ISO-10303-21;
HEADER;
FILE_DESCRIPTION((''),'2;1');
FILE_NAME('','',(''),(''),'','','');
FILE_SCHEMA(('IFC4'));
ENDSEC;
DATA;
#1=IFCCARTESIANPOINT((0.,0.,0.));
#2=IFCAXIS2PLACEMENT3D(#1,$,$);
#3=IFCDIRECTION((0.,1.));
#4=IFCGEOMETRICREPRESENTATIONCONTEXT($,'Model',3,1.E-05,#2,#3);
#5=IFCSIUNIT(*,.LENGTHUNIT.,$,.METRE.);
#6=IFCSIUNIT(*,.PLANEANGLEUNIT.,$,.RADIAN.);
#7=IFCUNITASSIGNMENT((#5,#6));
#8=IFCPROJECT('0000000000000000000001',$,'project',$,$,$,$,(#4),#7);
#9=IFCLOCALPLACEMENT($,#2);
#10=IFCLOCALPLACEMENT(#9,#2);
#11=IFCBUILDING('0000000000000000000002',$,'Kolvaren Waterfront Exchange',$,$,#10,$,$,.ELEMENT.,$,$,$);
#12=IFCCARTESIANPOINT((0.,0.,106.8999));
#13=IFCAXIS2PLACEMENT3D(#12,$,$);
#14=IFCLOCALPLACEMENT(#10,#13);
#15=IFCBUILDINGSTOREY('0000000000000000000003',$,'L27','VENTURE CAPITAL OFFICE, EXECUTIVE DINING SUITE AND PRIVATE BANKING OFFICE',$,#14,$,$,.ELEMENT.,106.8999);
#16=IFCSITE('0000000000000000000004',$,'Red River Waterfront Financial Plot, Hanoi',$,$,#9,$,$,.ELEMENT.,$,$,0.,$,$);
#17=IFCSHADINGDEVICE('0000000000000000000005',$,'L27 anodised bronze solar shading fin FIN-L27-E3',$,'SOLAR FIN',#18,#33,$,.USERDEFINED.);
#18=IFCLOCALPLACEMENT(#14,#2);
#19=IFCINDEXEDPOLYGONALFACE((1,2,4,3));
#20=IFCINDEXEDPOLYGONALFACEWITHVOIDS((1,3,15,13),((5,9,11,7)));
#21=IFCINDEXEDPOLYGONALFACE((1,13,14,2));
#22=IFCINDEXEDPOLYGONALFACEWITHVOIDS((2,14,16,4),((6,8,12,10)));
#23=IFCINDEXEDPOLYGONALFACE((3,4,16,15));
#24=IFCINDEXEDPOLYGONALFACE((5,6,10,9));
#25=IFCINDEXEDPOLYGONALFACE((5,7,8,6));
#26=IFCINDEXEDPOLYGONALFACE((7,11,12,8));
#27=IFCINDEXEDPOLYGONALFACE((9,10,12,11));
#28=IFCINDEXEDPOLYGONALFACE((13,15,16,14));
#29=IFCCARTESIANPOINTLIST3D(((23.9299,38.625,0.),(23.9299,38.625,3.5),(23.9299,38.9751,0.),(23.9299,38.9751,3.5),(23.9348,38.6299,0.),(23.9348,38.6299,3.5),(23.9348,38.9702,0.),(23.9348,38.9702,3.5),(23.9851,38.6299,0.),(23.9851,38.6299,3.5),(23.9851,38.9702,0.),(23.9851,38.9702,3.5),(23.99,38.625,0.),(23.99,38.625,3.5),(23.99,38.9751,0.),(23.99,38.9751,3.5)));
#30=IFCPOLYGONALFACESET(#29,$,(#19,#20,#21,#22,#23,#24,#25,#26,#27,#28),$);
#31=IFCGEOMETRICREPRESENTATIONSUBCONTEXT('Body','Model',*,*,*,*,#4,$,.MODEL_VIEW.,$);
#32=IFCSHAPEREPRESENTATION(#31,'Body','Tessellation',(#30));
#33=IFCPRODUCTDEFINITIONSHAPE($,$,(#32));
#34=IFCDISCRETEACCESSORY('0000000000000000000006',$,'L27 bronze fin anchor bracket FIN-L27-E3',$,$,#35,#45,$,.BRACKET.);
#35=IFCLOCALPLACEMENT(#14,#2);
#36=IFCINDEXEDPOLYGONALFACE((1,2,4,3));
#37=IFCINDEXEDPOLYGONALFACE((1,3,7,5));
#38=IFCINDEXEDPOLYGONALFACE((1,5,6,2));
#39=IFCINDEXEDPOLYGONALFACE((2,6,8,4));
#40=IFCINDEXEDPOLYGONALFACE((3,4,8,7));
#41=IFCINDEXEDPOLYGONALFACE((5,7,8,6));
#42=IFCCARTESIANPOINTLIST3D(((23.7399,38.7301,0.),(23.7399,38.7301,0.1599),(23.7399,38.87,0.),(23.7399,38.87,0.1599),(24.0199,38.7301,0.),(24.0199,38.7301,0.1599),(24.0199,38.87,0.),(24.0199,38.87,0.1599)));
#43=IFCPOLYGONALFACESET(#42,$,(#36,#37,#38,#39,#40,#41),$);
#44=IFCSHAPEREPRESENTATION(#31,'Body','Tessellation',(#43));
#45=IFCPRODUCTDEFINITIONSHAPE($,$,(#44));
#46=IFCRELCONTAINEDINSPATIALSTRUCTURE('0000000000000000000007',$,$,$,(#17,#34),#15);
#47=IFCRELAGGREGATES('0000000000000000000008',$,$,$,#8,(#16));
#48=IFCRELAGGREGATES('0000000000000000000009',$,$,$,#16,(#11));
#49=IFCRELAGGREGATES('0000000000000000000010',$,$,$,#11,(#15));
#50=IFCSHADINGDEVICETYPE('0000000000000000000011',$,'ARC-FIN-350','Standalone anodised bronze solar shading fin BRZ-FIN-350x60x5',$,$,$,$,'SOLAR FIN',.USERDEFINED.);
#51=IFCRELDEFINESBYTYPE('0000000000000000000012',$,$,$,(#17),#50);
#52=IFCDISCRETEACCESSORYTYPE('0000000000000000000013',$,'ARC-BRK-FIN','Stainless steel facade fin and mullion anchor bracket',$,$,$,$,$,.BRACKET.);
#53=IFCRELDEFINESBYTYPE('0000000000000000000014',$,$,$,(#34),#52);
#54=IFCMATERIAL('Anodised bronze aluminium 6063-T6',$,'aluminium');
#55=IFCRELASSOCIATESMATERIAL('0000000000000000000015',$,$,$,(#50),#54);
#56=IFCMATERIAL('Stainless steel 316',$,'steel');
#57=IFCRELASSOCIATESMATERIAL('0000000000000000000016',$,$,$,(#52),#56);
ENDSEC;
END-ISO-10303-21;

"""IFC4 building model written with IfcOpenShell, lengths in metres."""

from ifc_helpers import new_model, si_unit, direction, frame, origin, origin_with_axes, origin_2d, place, context, subcontext, project, spatial, rectangle, hollow_rectangle, extrude, source, transform, mapped, material, material_profile, profile_set, type_object, element, save


model = new_model("IFC4")

# Units and contexts
model_context = context("Model", 3, precision=1e-05, world=origin(), true_north=direction((0.0, 1.0)))
body_context = subcontext(model_context, "Body", "Model", "MODEL_VIEW")
ifc_project = project(units=[si_unit("LENGTHUNIT", "METRE"), si_unit("PLANEANGLEUNIT", "RADIAN")], contexts=[model_context])

# Site, building, storey
site_placement = place(None, origin())
site = spatial("IfcSite", under=ifc_project, at=site_placement, Name="Red River Waterfront Financial Plot, Hanoi", CompositionType="ELEMENT", RefElevation=0.0)
building_placement = place(site_placement, origin())
building = spatial("IfcBuilding", under=site, at=building_placement, Name="Kolvaren Waterfront Exchange", CompositionType="ELEMENT")
storey_placement = place(building_placement, frame((0.0, 0.0, 106.8999)))
storey = spatial("IfcBuildingStorey", under=building, at=storey_placement, Name="L27", Description="VENTURE CAPITAL OFFICE, EXECUTIVE DINING SUITE AND PRIVATE BANKING OFFICE", CompositionType="ELEMENT", Elevation=106.8999)

# Shared definitions
ifc_material_1 = material(Name="Anodised bronze aluminium 6063-T6", Category="aluminium")

# Shading device
ifc_material_profile_1 = material_profile(ifc_material_1, hollow_rectangle(XDim=0.0601, YDim=0.3501, WallThickness=0.0049, at=origin_2d()), Name="BRZ-FIN-350x60x5")
ifc_profile_set_1 = profile_set([ifc_material_profile_1], Name="Anodised bronze aluminium 6063-T6")
shading_device_type = type_object("IfcShadingDeviceType", Name="ARC-FIN-350", Description="Standalone anodised bronze solar shading fin BRZ-FIN-350x60x5", ElementType="SOLAR FIN", PredefinedType="USERDEFINED", material=ifc_profile_set_1)
shading_device_placement = place(storey_placement, frame((23.96, 38.8, 0.0), z_axis=(0.0, 0.0, 1.0), x_axis=(1.0, 0.0, 0.0)))
element("IfcShadingDevice", 1, at=shading_device_placement, inside=storey, type_object=shading_device_type, Name="L27 anodised bronze solar shading fin FIN-L27-E3", ObjectType="SOLAR FIN", PredefinedType="USERDEFINED", context=body_context, shape_type="SweptSolid", body=[
    extrude(hollow_rectangle(XDim=0.0601, YDim=0.3501, WallThickness=0.0049, at=origin_2d()), origin(), (0.0, 0.0, 1.0), 3.5),
])

# Discrete accessory
ifc_material_2 = material(Name="Stainless steel 316", Category="steel")
discrete_accessory_type = type_object("IfcDiscreteAccessoryType", Name="ARC-BRK-FIN", Description="Stainless steel facade fin and mullion anchor bracket", PredefinedType="BRACKET", material=ifc_material_2)
shared_shape_1 = source(origin_with_axes(), body_context, "Body", "SweptSolid", [
    extrude(rectangle(XDim=0.28, YDim=0.1399, at=origin_2d()), origin(), (0.0, 0.0, 1.0), 0.1599),
])
discrete_accessory_placement = place(storey_placement, frame((23.8799, 38.8, 0.0), z_axis=(0.0, 0.0, 1.0), x_axis=(1.0, 0.0, 0.0)))
element("IfcDiscreteAccessory", 2, at=discrete_accessory_placement, inside=storey, type_object=discrete_accessory_type, Name="L27 bronze fin anchor bracket FIN-L27-E3", PredefinedType="BRACKET", context=body_context, shape_type="MappedRepresentation", body=[
    mapped(shared_shape_1, transform((0.0, 0.0, 0.0), x_axis=(1.0, 0.0, 0.0), y_axis=(0.0, 1.0, 0.0), z_axis=(0.0, 0.0, 1.0), scale=1.0)),
])

save(model, "model.ifc")
